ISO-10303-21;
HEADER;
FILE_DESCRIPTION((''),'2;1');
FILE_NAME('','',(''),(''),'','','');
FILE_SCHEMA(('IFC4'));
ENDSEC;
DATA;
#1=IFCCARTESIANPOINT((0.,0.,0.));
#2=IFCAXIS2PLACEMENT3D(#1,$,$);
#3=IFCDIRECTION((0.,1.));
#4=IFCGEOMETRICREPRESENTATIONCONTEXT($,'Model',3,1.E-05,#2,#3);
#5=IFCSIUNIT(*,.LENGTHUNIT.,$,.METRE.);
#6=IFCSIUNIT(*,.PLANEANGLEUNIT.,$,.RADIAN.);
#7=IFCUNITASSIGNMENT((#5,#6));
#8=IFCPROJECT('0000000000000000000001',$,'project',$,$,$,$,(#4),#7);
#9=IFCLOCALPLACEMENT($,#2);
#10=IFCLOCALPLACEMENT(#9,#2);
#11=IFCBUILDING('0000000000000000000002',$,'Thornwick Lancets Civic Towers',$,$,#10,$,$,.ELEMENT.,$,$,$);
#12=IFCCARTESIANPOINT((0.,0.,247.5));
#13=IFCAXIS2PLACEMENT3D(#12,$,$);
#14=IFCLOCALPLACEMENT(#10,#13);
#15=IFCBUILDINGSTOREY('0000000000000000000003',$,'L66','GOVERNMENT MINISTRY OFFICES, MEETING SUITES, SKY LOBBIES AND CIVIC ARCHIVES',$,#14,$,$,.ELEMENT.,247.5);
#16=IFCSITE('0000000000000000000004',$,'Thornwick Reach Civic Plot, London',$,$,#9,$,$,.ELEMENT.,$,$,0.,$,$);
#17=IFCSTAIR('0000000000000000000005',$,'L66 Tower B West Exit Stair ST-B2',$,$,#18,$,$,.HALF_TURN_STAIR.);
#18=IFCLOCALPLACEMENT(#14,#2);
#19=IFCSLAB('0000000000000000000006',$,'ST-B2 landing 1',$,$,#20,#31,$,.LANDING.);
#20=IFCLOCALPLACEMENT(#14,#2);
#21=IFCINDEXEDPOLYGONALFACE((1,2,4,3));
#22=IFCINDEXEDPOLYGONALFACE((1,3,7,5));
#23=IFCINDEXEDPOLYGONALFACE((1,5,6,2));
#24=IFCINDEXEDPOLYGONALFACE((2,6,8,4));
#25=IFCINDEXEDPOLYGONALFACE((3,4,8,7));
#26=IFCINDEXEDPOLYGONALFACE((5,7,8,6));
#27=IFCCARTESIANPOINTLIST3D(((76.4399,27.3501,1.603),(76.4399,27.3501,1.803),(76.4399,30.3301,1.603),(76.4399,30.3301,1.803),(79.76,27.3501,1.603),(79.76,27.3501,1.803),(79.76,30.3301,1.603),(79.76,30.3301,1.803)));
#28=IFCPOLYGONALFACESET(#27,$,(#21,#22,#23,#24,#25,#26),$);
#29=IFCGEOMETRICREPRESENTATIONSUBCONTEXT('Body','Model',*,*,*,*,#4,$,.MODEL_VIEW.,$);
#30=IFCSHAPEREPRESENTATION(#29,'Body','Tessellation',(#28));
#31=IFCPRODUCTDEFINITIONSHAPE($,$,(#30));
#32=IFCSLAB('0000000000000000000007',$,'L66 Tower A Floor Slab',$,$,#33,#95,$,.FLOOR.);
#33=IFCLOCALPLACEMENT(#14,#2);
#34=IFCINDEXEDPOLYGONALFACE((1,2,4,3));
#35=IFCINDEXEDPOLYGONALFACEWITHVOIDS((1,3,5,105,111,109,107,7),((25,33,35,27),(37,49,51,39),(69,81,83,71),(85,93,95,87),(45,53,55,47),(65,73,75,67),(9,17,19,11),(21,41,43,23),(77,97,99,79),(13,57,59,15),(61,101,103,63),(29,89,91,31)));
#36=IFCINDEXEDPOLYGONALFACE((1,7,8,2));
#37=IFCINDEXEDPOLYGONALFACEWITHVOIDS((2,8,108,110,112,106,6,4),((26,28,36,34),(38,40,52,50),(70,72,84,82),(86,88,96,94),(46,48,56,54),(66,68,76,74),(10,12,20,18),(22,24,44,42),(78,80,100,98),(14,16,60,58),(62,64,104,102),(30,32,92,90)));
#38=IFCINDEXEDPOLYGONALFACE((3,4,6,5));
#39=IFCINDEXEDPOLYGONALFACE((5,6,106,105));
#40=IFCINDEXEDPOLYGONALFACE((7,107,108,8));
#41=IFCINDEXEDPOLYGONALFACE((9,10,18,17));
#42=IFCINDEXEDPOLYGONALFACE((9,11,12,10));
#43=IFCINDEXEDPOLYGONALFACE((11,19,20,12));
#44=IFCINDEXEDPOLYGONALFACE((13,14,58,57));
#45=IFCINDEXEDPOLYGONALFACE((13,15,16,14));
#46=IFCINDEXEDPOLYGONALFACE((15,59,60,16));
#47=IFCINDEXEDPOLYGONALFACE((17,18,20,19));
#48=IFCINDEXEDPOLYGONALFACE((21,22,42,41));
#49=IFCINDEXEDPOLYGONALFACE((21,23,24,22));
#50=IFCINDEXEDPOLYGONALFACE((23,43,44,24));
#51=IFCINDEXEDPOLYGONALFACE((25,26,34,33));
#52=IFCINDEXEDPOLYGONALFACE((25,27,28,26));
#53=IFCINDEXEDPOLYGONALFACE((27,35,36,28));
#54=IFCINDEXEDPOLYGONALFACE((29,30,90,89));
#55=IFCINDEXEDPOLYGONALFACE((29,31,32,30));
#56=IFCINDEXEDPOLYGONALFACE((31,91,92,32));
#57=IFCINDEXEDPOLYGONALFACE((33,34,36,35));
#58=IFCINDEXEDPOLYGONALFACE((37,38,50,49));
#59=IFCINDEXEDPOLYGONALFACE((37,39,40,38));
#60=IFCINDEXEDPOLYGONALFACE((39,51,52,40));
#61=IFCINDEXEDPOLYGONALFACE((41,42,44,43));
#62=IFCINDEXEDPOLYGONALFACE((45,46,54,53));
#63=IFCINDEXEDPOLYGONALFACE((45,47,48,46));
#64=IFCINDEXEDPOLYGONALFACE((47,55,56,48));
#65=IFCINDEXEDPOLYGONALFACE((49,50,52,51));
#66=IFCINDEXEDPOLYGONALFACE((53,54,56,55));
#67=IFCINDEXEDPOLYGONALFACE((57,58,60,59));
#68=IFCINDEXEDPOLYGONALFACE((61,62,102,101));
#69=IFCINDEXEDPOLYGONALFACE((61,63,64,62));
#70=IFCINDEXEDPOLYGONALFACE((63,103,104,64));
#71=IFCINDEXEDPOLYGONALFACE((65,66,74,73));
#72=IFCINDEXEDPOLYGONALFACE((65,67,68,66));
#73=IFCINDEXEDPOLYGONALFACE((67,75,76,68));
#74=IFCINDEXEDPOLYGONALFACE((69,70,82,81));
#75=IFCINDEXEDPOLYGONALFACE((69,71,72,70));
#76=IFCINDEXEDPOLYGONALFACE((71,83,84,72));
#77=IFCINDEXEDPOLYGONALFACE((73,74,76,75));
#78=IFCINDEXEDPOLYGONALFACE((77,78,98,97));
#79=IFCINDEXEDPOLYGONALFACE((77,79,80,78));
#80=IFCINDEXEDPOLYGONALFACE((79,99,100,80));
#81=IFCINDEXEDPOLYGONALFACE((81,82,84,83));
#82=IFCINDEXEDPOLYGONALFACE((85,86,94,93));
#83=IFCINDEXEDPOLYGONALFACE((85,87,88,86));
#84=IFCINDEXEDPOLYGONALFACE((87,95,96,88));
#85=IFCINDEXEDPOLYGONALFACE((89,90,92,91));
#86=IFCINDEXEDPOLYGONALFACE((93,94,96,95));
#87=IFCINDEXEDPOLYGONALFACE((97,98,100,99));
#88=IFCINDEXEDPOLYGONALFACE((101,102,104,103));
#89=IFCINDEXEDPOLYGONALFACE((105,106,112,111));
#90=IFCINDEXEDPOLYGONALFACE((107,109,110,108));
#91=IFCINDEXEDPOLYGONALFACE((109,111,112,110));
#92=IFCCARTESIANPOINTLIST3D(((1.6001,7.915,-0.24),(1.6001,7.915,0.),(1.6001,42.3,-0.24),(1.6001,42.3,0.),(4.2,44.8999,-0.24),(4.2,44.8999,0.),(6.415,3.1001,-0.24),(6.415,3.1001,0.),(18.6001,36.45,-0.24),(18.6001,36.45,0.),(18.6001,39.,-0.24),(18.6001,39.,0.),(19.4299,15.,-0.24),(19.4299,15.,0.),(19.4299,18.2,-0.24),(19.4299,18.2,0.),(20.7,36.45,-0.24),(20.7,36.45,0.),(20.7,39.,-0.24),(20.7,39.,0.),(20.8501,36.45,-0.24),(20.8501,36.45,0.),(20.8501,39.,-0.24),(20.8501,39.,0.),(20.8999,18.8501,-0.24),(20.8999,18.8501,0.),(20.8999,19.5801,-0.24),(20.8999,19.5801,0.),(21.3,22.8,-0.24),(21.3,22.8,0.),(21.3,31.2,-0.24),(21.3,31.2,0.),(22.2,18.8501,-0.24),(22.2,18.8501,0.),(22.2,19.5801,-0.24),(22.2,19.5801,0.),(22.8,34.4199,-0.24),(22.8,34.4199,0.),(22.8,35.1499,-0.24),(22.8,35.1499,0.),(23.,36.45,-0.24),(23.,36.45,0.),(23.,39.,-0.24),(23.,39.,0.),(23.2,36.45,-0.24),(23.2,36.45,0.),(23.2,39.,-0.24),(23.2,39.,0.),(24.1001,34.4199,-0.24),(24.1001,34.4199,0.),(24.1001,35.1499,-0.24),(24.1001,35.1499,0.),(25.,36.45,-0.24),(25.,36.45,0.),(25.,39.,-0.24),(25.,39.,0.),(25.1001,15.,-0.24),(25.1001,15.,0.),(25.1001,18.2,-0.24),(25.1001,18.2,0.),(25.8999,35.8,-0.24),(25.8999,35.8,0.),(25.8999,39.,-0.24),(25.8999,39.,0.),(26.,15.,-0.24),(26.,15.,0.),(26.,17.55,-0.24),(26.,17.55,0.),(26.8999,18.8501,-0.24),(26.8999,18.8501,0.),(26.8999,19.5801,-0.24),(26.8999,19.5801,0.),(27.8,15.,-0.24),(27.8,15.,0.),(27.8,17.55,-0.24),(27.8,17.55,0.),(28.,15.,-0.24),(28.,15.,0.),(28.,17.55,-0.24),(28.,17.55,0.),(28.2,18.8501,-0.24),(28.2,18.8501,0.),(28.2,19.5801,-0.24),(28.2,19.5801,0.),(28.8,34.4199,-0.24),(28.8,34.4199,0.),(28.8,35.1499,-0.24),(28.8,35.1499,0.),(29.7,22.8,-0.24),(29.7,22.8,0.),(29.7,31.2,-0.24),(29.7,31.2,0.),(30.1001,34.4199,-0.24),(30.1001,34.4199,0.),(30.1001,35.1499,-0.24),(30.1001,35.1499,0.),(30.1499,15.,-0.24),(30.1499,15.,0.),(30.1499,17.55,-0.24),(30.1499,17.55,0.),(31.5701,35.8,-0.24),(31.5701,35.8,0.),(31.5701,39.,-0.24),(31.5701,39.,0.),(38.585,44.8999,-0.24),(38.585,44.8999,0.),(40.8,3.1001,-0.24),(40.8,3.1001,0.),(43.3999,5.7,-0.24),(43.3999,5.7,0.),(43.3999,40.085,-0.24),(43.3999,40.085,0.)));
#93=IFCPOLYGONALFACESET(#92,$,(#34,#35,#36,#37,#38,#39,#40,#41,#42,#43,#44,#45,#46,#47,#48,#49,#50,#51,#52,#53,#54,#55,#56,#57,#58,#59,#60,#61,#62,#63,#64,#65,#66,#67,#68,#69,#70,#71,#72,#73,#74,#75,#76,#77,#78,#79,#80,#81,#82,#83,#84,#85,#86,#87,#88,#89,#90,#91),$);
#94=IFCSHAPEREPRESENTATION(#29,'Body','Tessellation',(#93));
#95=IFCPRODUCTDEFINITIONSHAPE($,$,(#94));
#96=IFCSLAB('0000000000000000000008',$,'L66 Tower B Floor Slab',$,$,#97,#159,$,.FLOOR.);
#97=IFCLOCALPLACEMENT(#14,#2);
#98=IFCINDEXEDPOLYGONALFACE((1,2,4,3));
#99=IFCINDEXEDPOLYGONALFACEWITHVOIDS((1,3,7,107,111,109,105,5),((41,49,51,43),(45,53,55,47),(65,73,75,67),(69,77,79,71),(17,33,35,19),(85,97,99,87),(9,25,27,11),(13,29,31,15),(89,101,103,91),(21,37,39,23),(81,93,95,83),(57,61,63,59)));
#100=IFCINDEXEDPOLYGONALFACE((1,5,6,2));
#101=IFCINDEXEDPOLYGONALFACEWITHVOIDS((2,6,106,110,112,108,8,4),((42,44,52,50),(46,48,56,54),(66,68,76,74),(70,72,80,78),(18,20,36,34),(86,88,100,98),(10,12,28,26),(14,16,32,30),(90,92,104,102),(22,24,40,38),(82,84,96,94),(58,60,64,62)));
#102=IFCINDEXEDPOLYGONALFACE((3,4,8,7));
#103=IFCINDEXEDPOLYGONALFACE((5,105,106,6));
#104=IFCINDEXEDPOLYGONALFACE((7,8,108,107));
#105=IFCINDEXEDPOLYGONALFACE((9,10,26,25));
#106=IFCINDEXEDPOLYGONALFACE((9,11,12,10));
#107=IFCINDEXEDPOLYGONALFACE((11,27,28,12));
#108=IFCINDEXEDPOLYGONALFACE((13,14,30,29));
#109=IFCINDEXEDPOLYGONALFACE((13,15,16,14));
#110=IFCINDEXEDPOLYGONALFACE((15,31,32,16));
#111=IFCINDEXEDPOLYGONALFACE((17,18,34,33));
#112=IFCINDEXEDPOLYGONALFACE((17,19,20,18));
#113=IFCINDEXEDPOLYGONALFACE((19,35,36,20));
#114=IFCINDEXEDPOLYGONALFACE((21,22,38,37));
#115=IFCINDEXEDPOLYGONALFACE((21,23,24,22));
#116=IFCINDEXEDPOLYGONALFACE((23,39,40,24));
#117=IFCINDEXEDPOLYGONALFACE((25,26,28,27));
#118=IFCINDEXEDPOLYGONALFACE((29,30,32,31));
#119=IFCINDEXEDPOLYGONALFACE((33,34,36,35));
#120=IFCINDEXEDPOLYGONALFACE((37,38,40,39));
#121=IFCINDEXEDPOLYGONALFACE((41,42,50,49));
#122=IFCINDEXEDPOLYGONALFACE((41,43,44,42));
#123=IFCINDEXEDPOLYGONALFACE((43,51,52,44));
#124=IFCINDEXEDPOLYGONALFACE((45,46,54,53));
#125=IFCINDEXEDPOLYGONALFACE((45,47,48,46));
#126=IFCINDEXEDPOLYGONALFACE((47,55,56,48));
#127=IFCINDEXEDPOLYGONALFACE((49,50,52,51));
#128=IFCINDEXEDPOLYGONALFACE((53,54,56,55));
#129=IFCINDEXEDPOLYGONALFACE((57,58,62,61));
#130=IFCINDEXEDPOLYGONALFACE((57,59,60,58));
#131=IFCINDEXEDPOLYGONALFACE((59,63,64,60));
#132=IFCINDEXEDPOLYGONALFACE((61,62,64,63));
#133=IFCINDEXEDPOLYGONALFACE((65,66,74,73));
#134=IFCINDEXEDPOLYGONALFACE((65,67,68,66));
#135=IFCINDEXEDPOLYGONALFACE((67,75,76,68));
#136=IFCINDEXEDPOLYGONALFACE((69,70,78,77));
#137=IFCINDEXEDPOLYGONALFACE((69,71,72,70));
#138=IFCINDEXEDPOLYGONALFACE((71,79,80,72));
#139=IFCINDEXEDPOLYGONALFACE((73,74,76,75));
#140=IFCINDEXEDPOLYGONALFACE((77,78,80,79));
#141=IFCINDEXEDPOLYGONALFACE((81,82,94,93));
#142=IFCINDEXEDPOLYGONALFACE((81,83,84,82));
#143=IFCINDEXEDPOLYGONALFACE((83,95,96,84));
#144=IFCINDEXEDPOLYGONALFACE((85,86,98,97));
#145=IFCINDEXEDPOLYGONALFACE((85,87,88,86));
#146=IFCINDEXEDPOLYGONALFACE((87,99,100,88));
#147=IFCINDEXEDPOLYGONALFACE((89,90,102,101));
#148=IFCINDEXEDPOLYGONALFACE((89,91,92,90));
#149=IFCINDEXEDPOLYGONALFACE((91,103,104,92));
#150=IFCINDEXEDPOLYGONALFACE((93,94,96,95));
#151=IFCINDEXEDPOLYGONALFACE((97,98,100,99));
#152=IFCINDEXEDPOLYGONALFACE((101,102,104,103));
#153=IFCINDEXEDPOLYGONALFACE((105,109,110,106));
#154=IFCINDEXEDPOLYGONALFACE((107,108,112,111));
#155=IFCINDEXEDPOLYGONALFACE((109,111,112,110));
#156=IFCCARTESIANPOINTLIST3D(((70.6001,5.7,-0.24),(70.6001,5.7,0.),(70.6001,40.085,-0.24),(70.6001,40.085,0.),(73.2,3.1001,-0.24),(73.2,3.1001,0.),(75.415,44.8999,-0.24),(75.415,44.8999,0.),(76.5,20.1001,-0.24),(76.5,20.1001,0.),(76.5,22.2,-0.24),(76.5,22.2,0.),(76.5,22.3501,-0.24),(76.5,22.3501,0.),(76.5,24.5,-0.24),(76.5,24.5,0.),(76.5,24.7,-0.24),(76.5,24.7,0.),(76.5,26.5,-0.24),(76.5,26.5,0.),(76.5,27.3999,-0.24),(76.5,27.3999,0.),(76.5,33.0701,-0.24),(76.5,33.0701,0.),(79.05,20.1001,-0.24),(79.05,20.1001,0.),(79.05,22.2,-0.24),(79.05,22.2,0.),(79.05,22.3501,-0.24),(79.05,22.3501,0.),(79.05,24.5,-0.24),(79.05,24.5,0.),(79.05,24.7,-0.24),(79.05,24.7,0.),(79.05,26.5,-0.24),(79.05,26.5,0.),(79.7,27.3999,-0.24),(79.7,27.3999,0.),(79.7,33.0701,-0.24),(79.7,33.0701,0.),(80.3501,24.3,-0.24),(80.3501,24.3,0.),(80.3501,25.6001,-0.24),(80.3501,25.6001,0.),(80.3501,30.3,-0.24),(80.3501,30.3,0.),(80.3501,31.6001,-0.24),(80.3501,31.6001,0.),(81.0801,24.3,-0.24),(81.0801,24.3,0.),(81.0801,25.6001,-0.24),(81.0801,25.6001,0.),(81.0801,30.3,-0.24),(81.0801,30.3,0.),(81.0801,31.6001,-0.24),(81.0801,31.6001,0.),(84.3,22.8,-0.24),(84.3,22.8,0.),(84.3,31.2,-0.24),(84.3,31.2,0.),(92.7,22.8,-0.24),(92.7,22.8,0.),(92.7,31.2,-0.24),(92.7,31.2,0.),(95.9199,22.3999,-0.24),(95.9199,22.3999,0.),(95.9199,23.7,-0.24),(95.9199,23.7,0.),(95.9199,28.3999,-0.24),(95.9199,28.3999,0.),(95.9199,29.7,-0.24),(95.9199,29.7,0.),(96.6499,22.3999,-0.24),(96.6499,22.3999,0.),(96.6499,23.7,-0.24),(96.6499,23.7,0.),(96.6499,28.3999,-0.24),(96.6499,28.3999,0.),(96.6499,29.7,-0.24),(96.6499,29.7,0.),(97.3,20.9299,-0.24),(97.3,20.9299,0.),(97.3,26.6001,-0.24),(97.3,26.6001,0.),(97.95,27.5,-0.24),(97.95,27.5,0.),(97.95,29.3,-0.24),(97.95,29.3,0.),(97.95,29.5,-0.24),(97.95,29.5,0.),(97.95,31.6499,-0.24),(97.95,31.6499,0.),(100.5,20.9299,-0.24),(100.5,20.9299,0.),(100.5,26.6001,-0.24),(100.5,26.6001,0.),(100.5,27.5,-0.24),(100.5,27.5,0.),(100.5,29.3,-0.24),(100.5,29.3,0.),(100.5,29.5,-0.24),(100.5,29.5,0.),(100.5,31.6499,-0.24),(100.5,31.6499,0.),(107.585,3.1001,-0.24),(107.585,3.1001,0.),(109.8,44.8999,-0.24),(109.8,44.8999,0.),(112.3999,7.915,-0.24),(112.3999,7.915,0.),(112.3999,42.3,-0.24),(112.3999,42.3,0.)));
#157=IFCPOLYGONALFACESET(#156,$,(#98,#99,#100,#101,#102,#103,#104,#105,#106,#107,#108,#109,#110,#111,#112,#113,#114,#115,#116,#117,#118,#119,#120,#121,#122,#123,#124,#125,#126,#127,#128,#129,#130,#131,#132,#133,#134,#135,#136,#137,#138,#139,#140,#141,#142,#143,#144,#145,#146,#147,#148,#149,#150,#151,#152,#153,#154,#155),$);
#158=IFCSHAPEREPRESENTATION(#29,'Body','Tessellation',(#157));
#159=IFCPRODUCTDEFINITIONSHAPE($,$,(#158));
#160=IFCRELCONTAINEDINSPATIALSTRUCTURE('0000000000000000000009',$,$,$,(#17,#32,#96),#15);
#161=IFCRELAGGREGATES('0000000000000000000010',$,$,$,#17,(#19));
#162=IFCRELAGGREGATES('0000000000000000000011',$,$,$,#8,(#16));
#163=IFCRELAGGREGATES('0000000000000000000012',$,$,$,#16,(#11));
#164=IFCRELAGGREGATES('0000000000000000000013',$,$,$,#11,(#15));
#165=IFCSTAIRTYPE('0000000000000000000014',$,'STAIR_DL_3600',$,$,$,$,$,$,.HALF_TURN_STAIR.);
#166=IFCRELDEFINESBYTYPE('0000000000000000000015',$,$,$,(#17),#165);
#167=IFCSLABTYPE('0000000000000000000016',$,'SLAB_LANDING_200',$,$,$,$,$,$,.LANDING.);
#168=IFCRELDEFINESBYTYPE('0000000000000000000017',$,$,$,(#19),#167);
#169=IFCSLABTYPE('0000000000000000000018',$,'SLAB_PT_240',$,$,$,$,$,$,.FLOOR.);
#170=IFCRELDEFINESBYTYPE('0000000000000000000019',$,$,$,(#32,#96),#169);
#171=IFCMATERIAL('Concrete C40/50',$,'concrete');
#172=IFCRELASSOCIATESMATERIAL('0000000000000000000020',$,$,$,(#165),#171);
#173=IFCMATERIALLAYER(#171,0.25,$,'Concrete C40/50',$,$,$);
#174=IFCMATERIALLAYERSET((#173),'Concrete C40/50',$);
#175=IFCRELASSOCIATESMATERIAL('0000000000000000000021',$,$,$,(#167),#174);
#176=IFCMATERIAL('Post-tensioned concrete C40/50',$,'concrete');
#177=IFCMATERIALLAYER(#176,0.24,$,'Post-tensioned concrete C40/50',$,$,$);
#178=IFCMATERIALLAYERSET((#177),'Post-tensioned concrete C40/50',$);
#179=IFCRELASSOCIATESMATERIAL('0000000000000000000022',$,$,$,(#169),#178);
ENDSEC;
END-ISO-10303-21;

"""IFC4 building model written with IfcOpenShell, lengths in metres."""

from ifc_helpers import new_model, si_unit, direction, frame, origin, place, context, subcontext, project, spatial, polyline, outline, extrude, material, layer, layer_set, type_object, element, aggregate, save


model = new_model("IFC4")

# Units and contexts
model_context = context("Model", 3, precision=1e-05, world=origin(), true_north=direction((0.0, 1.0)))
body_context = subcontext(model_context, "Body", "Model", "MODEL_VIEW")
ifc_project = project(units=[si_unit("LENGTHUNIT", "METRE"), si_unit("PLANEANGLEUNIT", "RADIAN")], contexts=[model_context])

# Site, building, storey
site_placement = place(None, origin())
site = spatial("IfcSite", under=ifc_project, at=site_placement, Name="Thornwick Reach Civic Plot, London", CompositionType="ELEMENT", RefElevation=0.0)
building_placement = place(site_placement, origin())
building = spatial("IfcBuilding", under=site, at=building_placement, Name="Thornwick Lancets Civic Towers", CompositionType="ELEMENT")
storey_placement = place(building_placement, frame((0.0, 0.0, 247.5)))
storey = spatial("IfcBuildingStorey", under=building, at=storey_placement, Name="L66", Description="GOVERNMENT MINISTRY OFFICES, MEETING SUITES, SKY LOBBIES AND CIVIC ARCHIVES", CompositionType="ELEMENT", Elevation=247.5)

# Shared definitions
ifc_material_1 = material(Name="Post-tensioned concrete C40/50", Category="concrete")

# Stair, slab
ifc_material_2 = material(Name="Concrete C40/50", Category="concrete")
stair_type = type_object("IfcStairType", Name="STAIR_DL_3600", PredefinedType="HALF_TURN_STAIR", material=ifc_material_2)
ifc_layer_1 = layer(ifc_material_2, 0.25, Name="Concrete C40/50")
ifc_layer_set_1 = layer_set([ifc_layer_1], Name="Concrete C40/50")
slab_type_1 = type_object("IfcSlabType", Name="SLAB_LANDING_200", PredefinedType="LANDING", material=ifc_layer_set_1)
stair_1_placement = place(storey_placement, origin())
stair_1 = element("IfcStair", 1, at=stair_1_placement, inside=storey, type_object=stair_type, Name="L66 Tower B West Exit Stair ST-B2", PredefinedType="HALF_TURN_STAIR")
slab_1_placement = place(storey_placement, frame((0.0, 0.0, 1.603)))
slab_1 = element("IfcSlab", 2, at=slab_1_placement, type_object=slab_type_1, Name="ST-B2 landing 1", PredefinedType="LANDING", context=body_context, shape_type="SweptSolid", body=[
    extrude(outline(polyline([(76.4399, 30.3301), (76.4399, 27.3501), (79.76, 27.3501), (79.76, 30.3301), (76.4399, 30.3301)])), origin(), (0.0, 0.0, 1.0), 0.2),
])
aggregate(stair_1, [slab_1])

# Slabs
ifc_layer_2 = layer(ifc_material_1, 0.24, Name="Post-tensioned concrete C40/50")
ifc_layer_set_2 = layer_set([ifc_layer_2], Name="Post-tensioned concrete C40/50")
slab_type_2 = type_object("IfcSlabType", Name="SLAB_PT_240", PredefinedType="FLOOR", material=ifc_layer_set_2)
slab_2_placement = place(storey_placement, frame((0.0, 0.0, -0.24)))
element("IfcSlab", 3, at=slab_2_placement, inside=storey, type_object=slab_type_2, Name="L66 Tower A Floor Slab", PredefinedType="FLOOR", context=body_context, shape_type="SweptSolid", body=[
    extrude(outline(polyline([(6.415, 3.1001), (40.8, 3.1001), (43.3999, 5.7), (43.3999, 40.085), (38.585, 44.8999), (4.2, 44.8999), (1.6001, 42.3), (1.6001, 7.915), (6.415, 3.1001)]), holes=[polyline([(21.3, 22.8), (29.7, 22.8), (29.7, 31.2), (21.3, 31.2), (21.3, 22.8)]), polyline([(19.4299, 15.0), (25.1001, 15.0), (25.1001, 18.2), (19.4299, 18.2), (19.4299, 15.0)]), polyline([(31.5701, 39.0), (25.8999, 39.0), (25.8999, 35.8), (31.5701, 35.8), (31.5701, 39.0)]), polyline([(26.0, 15.0), (27.8, 15.0), (27.8, 17.55), (26.0, 17.55), (26.0, 15.0)]), polyline([(28.0, 15.0), (30.1499, 15.0), (30.1499, 17.55), (28.0, 17.55), (28.0, 15.0)]), polyline([(23.2, 36.45), (25.0, 36.45), (25.0, 39.0), (23.2, 39.0), (23.2, 36.45)]), polyline([(20.8501, 36.45), (23.0, 36.45), (23.0, 39.0), (20.8501, 39.0), (20.8501, 36.45)]), polyline([(18.6001, 36.45), (20.7, 36.45), (20.7, 39.0), (18.6001, 39.0), (18.6001, 36.45)]), polyline([(26.8999, 18.8501), (28.2, 18.8501), (28.2, 19.5801), (26.8999, 19.5801), (26.8999, 18.8501)]), polyline([(20.8999, 18.8501), (22.2, 18.8501), (22.2, 19.5801), (20.8999, 19.5801), (20.8999, 18.8501)]), polyline([(22.8, 34.4199), (24.1001, 34.4199), (24.1001, 35.1499), (22.8, 35.1499), (22.8, 34.4199)]), polyline([(28.8, 34.4199), (30.1001, 34.4199), (30.1001, 35.1499), (28.8, 35.1499), (28.8, 34.4199)])]), origin(), (0.0, 0.0, 1.0), 0.24),
])
slab_3_placement = place(storey_placement, frame((0.0, 0.0, -0.24)))
element("IfcSlab", 4, at=slab_3_placement, inside=storey, type_object=slab_type_2, Name="L66 Tower B Floor Slab", PredefinedType="FLOOR", context=body_context, shape_type="SweptSolid", body=[
    extrude(outline(polyline([(73.2, 3.1001), (107.585, 3.1001), (112.3999, 7.915), (112.3999, 42.3), (109.8, 44.8999), (75.415, 44.8999), (70.6001, 40.085), (70.6001, 5.7), (73.2, 3.1001)]), holes=[polyline([(84.3, 22.8), (92.7, 22.8), (92.7, 31.2), (84.3, 31.2), (84.3, 22.8)]), polyline([(100.5, 20.9299), (100.5, 26.6001), (97.3, 26.6001), (97.3, 20.9299), (100.5, 20.9299)]), polyline([(76.5, 33.0701), (76.5, 27.3999), (79.7, 27.3999), (79.7, 33.0701), (76.5, 33.0701)]), polyline([(97.95, 27.5), (100.5, 27.5), (100.5, 29.3), (97.95, 29.3), (97.95, 27.5)]), polyline([(97.95, 29.5), (100.5, 29.5), (100.5, 31.6499), (97.95, 31.6499), (97.95, 29.5)]), polyline([(76.5, 24.7), (79.05, 24.7), (79.05, 26.5), (76.5, 26.5), (76.5, 24.7)]), polyline([(76.5, 22.3501), (79.05, 22.3501), (79.05, 24.5), (76.5, 24.5), (76.5, 22.3501)]), polyline([(76.5, 20.1001), (79.05, 20.1001), (79.05, 22.2), (76.5, 22.2), (76.5, 20.1001)]), polyline([(95.9199, 28.3999), (96.6499, 28.3999), (96.6499, 29.7), (95.9199, 29.7), (95.9199, 28.3999)]), polyline([(95.9199, 22.3999), (96.6499, 22.3999), (96.6499, 23.7), (95.9199, 23.7), (95.9199, 22.3999)]), polyline([(80.3501, 24.3), (81.0801, 24.3), (81.0801, 25.6001), (80.3501, 25.6001), (80.3501, 24.3)]), polyline([(80.3501, 30.3), (81.0801, 30.3), (81.0801, 31.6001), (80.3501, 31.6001), (80.3501, 30.3)])]), origin(), (0.0, 0.0, 1.0), 0.24),
])

save(model, "model.ifc")
